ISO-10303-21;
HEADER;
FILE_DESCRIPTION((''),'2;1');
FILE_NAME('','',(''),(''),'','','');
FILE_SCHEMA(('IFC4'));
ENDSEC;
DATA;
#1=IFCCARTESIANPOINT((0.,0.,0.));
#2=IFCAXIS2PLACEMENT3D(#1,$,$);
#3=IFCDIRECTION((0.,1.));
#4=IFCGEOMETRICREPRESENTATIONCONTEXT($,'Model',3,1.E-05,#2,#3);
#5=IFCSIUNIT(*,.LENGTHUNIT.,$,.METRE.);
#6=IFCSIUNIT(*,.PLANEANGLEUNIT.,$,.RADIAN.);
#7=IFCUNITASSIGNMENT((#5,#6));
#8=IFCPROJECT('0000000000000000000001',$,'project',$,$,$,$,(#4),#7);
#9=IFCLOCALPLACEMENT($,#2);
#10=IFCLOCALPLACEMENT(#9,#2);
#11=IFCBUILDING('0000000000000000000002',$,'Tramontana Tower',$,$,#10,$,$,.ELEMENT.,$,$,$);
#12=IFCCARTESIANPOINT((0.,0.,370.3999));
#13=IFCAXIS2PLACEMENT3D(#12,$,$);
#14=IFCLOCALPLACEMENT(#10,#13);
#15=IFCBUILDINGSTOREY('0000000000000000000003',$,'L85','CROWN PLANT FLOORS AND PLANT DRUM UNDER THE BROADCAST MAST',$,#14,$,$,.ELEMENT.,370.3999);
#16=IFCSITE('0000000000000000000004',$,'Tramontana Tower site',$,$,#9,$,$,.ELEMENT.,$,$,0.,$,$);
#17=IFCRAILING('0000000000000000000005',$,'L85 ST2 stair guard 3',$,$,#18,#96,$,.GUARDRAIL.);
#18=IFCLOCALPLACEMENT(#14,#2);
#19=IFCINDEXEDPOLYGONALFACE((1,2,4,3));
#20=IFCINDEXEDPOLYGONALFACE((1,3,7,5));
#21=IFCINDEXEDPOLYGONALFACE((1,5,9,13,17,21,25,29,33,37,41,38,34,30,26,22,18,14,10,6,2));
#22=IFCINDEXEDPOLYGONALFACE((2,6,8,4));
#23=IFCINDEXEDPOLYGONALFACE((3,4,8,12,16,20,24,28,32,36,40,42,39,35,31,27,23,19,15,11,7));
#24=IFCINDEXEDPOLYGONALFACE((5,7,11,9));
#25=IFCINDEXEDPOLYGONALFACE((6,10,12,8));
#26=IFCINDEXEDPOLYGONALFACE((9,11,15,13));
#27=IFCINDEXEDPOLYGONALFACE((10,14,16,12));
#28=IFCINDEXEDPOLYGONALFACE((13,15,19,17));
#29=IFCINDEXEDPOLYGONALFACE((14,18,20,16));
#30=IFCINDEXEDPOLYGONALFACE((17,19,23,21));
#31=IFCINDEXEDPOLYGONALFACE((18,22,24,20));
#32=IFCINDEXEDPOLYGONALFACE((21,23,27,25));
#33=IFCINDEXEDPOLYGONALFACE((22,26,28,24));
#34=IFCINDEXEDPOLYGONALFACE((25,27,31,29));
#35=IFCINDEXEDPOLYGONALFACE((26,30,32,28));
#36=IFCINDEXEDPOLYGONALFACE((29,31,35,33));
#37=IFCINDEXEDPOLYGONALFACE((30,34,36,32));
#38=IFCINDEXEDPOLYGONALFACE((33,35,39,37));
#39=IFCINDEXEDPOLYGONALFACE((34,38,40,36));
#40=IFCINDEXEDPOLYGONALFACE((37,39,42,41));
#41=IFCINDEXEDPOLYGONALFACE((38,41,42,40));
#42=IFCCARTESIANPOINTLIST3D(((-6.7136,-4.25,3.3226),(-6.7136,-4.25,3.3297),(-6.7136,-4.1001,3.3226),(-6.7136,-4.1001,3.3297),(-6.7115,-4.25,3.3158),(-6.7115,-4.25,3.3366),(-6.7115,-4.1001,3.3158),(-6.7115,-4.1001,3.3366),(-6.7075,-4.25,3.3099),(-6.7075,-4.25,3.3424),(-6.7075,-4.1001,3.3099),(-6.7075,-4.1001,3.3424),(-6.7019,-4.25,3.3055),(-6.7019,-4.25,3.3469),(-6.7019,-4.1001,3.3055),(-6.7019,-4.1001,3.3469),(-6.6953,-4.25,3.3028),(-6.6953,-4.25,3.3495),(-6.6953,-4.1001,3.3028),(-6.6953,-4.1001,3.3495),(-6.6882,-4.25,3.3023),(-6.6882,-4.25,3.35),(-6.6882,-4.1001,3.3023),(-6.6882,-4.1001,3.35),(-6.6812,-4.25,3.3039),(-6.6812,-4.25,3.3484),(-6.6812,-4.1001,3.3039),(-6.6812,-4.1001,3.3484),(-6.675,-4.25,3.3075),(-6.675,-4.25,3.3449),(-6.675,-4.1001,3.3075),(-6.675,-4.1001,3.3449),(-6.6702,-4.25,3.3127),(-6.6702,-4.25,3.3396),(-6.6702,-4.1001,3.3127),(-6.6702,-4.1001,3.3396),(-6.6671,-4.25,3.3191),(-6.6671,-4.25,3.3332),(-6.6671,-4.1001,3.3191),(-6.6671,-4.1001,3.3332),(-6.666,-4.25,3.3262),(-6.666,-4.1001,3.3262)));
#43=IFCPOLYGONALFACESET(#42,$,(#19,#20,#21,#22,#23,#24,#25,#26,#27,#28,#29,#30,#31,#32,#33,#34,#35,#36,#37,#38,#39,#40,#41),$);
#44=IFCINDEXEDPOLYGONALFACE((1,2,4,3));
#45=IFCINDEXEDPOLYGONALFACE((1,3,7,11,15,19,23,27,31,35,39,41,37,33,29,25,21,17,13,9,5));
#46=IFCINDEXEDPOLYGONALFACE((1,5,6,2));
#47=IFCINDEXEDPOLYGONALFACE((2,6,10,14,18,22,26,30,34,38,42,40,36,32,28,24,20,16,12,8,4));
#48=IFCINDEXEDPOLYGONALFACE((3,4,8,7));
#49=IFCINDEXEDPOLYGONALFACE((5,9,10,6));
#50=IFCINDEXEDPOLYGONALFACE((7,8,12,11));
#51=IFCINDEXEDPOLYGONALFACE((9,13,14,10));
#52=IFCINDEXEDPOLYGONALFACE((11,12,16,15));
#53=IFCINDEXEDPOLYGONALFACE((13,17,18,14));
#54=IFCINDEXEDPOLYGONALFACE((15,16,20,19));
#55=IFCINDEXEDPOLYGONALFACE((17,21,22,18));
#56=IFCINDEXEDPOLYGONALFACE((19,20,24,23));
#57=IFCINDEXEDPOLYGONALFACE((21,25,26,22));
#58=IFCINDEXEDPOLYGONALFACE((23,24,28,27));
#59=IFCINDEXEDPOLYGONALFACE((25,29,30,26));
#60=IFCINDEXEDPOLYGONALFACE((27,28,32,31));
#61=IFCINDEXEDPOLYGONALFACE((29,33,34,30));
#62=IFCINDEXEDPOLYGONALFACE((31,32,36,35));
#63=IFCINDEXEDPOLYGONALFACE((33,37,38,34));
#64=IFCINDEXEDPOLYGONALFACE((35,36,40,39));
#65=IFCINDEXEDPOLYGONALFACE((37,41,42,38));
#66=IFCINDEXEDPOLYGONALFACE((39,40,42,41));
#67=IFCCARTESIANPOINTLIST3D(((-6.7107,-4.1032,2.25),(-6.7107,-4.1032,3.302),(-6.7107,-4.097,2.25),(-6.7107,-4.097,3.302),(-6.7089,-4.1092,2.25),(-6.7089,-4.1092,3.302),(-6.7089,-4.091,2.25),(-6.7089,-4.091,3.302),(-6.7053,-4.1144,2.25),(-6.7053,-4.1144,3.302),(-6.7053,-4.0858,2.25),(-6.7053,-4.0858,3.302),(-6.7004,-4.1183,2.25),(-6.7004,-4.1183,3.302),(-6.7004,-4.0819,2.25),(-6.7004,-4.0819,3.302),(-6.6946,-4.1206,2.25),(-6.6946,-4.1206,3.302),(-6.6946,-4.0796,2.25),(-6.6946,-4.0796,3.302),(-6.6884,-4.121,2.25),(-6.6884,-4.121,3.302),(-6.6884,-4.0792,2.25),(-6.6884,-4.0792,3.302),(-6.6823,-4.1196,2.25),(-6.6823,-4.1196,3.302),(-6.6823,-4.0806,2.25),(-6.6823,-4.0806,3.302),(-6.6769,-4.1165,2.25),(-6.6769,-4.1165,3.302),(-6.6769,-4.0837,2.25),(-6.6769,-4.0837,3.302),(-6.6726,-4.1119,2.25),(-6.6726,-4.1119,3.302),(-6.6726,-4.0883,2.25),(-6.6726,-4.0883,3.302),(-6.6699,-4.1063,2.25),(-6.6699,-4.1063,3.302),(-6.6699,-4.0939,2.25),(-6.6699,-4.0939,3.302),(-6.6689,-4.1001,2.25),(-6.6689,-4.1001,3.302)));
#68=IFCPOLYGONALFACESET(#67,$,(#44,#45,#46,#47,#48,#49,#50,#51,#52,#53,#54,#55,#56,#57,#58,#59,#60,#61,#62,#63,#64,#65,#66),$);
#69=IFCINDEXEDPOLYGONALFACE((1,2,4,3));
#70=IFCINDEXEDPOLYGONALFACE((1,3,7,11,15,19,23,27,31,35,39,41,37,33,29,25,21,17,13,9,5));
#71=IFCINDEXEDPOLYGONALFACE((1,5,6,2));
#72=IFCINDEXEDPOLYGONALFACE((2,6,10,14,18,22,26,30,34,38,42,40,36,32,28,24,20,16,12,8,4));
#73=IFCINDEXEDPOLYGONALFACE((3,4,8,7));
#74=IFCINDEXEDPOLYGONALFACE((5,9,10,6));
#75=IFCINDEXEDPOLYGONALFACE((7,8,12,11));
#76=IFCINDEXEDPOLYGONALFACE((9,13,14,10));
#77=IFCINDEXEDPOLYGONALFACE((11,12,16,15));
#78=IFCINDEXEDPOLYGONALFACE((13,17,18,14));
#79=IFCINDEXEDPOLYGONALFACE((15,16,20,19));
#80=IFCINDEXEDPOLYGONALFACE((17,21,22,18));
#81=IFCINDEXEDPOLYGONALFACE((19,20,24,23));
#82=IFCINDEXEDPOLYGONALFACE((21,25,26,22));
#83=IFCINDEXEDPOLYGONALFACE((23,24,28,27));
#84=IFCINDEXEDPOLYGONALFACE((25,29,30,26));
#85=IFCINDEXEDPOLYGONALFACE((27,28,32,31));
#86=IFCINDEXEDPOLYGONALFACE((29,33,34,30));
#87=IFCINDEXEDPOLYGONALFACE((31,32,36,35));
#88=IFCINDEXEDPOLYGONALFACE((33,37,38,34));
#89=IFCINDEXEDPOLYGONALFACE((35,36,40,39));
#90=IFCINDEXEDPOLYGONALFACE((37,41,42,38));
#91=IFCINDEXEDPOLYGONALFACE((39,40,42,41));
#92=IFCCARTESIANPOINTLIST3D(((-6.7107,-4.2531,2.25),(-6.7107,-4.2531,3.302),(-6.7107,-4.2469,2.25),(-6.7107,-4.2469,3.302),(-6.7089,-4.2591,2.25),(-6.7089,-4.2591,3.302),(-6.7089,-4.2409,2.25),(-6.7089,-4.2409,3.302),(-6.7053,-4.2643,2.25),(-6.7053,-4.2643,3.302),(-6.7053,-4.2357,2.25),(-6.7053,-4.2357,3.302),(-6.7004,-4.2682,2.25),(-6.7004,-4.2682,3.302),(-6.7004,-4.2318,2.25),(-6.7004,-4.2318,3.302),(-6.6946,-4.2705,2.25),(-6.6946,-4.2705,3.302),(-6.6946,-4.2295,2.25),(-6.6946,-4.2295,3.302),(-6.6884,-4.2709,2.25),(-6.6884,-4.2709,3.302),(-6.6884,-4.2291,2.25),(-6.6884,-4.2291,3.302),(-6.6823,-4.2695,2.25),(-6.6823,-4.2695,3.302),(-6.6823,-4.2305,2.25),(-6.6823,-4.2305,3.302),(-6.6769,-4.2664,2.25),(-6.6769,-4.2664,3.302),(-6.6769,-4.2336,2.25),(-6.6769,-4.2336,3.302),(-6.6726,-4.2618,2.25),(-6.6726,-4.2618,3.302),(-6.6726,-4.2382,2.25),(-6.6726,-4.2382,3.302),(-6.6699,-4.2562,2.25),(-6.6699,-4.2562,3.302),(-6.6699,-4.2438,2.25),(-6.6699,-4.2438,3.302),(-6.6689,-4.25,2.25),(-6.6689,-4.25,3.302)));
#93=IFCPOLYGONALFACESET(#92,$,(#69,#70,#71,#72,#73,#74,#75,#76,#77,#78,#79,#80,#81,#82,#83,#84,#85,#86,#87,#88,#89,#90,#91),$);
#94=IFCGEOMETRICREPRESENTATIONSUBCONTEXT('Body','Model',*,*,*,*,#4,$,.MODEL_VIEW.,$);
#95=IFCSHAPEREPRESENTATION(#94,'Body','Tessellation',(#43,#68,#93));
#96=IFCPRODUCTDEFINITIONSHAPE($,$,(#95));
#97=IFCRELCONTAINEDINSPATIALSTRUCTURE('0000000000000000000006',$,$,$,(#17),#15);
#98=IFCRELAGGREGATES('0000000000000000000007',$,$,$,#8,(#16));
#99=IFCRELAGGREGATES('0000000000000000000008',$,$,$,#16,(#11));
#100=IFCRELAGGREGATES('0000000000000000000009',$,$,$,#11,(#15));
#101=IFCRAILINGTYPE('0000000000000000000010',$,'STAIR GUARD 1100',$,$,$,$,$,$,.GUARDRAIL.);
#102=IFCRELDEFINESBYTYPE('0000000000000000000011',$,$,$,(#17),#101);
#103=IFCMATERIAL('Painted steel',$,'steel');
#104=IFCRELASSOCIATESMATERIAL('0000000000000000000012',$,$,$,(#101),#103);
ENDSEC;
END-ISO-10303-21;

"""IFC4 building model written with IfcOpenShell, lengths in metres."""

from ifc_helpers import new_model, si_unit, direction, frame, origin, origin_2d, place, context, subcontext, project, spatial, circle, extrude, material, type_object, element, save


model = new_model("IFC4")

# Units and contexts
model_context = context("Model", 3, precision=1e-05, world=origin(), true_north=direction((0.0, 1.0)))
body_context = subcontext(model_context, "Body", "Model", "MODEL_VIEW")
ifc_project = project(units=[si_unit("LENGTHUNIT", "METRE"), si_unit("PLANEANGLEUNIT", "RADIAN")], contexts=[model_context])

# Site, building, storey
site_placement = place(None, origin())
site = spatial("IfcSite", under=ifc_project, at=site_placement, Name="Tramontana Tower site", CompositionType="ELEMENT", RefElevation=0.0)
building_placement = place(site_placement, origin())
building = spatial("IfcBuilding", under=site, at=building_placement, Name="Tramontana Tower", CompositionType="ELEMENT")
storey_placement = place(building_placement, frame((0.0, 0.0, 370.3999)))
storey = spatial("IfcBuildingStorey", under=building, at=storey_placement, Name="L85", Description="CROWN PLANT FLOORS AND PLANT DRUM UNDER THE BROADCAST MAST", CompositionType="ELEMENT", Elevation=370.3999)

# Railing
ifc_material_1 = material(Name="Painted steel", Category="steel")
railing_type_1 = type_object("IfcRailingType", Name="STAIR GUARD 1100", PredefinedType="GUARDRAIL", material=ifc_material_1)
railing_1_placement = place(storey_placement, frame((-6.6899, -4.1001, 2.25)))
element("IfcRailing", 1, at=railing_1_placement, inside=storey, type_object=railing_type_1, Name="L85 ST2 stair guard 3", PredefinedType="GUARDRAIL", context=body_context, shape_type="SweptSolid", body=[
    extrude(circle(Radius=0.0239, at=origin_2d()), frame((0.0, 0.0, 1.0762), z_axis=(0.0, -1.0, 0.0), x_axis=(1.0, 0.0, 0.0)), (0.0, 0.0, 1.0), 0.1499),
    extrude(circle(Radius=0.021, at=origin_2d()), origin(), (0.0, 0.0, 1.0), 1.052),
    extrude(circle(Radius=0.021, at=origin_2d()), frame((0.0, -0.1499, 0.0)), (0.0, 0.0, 1.0), 1.052),
])

save(model, "model.ifc")
